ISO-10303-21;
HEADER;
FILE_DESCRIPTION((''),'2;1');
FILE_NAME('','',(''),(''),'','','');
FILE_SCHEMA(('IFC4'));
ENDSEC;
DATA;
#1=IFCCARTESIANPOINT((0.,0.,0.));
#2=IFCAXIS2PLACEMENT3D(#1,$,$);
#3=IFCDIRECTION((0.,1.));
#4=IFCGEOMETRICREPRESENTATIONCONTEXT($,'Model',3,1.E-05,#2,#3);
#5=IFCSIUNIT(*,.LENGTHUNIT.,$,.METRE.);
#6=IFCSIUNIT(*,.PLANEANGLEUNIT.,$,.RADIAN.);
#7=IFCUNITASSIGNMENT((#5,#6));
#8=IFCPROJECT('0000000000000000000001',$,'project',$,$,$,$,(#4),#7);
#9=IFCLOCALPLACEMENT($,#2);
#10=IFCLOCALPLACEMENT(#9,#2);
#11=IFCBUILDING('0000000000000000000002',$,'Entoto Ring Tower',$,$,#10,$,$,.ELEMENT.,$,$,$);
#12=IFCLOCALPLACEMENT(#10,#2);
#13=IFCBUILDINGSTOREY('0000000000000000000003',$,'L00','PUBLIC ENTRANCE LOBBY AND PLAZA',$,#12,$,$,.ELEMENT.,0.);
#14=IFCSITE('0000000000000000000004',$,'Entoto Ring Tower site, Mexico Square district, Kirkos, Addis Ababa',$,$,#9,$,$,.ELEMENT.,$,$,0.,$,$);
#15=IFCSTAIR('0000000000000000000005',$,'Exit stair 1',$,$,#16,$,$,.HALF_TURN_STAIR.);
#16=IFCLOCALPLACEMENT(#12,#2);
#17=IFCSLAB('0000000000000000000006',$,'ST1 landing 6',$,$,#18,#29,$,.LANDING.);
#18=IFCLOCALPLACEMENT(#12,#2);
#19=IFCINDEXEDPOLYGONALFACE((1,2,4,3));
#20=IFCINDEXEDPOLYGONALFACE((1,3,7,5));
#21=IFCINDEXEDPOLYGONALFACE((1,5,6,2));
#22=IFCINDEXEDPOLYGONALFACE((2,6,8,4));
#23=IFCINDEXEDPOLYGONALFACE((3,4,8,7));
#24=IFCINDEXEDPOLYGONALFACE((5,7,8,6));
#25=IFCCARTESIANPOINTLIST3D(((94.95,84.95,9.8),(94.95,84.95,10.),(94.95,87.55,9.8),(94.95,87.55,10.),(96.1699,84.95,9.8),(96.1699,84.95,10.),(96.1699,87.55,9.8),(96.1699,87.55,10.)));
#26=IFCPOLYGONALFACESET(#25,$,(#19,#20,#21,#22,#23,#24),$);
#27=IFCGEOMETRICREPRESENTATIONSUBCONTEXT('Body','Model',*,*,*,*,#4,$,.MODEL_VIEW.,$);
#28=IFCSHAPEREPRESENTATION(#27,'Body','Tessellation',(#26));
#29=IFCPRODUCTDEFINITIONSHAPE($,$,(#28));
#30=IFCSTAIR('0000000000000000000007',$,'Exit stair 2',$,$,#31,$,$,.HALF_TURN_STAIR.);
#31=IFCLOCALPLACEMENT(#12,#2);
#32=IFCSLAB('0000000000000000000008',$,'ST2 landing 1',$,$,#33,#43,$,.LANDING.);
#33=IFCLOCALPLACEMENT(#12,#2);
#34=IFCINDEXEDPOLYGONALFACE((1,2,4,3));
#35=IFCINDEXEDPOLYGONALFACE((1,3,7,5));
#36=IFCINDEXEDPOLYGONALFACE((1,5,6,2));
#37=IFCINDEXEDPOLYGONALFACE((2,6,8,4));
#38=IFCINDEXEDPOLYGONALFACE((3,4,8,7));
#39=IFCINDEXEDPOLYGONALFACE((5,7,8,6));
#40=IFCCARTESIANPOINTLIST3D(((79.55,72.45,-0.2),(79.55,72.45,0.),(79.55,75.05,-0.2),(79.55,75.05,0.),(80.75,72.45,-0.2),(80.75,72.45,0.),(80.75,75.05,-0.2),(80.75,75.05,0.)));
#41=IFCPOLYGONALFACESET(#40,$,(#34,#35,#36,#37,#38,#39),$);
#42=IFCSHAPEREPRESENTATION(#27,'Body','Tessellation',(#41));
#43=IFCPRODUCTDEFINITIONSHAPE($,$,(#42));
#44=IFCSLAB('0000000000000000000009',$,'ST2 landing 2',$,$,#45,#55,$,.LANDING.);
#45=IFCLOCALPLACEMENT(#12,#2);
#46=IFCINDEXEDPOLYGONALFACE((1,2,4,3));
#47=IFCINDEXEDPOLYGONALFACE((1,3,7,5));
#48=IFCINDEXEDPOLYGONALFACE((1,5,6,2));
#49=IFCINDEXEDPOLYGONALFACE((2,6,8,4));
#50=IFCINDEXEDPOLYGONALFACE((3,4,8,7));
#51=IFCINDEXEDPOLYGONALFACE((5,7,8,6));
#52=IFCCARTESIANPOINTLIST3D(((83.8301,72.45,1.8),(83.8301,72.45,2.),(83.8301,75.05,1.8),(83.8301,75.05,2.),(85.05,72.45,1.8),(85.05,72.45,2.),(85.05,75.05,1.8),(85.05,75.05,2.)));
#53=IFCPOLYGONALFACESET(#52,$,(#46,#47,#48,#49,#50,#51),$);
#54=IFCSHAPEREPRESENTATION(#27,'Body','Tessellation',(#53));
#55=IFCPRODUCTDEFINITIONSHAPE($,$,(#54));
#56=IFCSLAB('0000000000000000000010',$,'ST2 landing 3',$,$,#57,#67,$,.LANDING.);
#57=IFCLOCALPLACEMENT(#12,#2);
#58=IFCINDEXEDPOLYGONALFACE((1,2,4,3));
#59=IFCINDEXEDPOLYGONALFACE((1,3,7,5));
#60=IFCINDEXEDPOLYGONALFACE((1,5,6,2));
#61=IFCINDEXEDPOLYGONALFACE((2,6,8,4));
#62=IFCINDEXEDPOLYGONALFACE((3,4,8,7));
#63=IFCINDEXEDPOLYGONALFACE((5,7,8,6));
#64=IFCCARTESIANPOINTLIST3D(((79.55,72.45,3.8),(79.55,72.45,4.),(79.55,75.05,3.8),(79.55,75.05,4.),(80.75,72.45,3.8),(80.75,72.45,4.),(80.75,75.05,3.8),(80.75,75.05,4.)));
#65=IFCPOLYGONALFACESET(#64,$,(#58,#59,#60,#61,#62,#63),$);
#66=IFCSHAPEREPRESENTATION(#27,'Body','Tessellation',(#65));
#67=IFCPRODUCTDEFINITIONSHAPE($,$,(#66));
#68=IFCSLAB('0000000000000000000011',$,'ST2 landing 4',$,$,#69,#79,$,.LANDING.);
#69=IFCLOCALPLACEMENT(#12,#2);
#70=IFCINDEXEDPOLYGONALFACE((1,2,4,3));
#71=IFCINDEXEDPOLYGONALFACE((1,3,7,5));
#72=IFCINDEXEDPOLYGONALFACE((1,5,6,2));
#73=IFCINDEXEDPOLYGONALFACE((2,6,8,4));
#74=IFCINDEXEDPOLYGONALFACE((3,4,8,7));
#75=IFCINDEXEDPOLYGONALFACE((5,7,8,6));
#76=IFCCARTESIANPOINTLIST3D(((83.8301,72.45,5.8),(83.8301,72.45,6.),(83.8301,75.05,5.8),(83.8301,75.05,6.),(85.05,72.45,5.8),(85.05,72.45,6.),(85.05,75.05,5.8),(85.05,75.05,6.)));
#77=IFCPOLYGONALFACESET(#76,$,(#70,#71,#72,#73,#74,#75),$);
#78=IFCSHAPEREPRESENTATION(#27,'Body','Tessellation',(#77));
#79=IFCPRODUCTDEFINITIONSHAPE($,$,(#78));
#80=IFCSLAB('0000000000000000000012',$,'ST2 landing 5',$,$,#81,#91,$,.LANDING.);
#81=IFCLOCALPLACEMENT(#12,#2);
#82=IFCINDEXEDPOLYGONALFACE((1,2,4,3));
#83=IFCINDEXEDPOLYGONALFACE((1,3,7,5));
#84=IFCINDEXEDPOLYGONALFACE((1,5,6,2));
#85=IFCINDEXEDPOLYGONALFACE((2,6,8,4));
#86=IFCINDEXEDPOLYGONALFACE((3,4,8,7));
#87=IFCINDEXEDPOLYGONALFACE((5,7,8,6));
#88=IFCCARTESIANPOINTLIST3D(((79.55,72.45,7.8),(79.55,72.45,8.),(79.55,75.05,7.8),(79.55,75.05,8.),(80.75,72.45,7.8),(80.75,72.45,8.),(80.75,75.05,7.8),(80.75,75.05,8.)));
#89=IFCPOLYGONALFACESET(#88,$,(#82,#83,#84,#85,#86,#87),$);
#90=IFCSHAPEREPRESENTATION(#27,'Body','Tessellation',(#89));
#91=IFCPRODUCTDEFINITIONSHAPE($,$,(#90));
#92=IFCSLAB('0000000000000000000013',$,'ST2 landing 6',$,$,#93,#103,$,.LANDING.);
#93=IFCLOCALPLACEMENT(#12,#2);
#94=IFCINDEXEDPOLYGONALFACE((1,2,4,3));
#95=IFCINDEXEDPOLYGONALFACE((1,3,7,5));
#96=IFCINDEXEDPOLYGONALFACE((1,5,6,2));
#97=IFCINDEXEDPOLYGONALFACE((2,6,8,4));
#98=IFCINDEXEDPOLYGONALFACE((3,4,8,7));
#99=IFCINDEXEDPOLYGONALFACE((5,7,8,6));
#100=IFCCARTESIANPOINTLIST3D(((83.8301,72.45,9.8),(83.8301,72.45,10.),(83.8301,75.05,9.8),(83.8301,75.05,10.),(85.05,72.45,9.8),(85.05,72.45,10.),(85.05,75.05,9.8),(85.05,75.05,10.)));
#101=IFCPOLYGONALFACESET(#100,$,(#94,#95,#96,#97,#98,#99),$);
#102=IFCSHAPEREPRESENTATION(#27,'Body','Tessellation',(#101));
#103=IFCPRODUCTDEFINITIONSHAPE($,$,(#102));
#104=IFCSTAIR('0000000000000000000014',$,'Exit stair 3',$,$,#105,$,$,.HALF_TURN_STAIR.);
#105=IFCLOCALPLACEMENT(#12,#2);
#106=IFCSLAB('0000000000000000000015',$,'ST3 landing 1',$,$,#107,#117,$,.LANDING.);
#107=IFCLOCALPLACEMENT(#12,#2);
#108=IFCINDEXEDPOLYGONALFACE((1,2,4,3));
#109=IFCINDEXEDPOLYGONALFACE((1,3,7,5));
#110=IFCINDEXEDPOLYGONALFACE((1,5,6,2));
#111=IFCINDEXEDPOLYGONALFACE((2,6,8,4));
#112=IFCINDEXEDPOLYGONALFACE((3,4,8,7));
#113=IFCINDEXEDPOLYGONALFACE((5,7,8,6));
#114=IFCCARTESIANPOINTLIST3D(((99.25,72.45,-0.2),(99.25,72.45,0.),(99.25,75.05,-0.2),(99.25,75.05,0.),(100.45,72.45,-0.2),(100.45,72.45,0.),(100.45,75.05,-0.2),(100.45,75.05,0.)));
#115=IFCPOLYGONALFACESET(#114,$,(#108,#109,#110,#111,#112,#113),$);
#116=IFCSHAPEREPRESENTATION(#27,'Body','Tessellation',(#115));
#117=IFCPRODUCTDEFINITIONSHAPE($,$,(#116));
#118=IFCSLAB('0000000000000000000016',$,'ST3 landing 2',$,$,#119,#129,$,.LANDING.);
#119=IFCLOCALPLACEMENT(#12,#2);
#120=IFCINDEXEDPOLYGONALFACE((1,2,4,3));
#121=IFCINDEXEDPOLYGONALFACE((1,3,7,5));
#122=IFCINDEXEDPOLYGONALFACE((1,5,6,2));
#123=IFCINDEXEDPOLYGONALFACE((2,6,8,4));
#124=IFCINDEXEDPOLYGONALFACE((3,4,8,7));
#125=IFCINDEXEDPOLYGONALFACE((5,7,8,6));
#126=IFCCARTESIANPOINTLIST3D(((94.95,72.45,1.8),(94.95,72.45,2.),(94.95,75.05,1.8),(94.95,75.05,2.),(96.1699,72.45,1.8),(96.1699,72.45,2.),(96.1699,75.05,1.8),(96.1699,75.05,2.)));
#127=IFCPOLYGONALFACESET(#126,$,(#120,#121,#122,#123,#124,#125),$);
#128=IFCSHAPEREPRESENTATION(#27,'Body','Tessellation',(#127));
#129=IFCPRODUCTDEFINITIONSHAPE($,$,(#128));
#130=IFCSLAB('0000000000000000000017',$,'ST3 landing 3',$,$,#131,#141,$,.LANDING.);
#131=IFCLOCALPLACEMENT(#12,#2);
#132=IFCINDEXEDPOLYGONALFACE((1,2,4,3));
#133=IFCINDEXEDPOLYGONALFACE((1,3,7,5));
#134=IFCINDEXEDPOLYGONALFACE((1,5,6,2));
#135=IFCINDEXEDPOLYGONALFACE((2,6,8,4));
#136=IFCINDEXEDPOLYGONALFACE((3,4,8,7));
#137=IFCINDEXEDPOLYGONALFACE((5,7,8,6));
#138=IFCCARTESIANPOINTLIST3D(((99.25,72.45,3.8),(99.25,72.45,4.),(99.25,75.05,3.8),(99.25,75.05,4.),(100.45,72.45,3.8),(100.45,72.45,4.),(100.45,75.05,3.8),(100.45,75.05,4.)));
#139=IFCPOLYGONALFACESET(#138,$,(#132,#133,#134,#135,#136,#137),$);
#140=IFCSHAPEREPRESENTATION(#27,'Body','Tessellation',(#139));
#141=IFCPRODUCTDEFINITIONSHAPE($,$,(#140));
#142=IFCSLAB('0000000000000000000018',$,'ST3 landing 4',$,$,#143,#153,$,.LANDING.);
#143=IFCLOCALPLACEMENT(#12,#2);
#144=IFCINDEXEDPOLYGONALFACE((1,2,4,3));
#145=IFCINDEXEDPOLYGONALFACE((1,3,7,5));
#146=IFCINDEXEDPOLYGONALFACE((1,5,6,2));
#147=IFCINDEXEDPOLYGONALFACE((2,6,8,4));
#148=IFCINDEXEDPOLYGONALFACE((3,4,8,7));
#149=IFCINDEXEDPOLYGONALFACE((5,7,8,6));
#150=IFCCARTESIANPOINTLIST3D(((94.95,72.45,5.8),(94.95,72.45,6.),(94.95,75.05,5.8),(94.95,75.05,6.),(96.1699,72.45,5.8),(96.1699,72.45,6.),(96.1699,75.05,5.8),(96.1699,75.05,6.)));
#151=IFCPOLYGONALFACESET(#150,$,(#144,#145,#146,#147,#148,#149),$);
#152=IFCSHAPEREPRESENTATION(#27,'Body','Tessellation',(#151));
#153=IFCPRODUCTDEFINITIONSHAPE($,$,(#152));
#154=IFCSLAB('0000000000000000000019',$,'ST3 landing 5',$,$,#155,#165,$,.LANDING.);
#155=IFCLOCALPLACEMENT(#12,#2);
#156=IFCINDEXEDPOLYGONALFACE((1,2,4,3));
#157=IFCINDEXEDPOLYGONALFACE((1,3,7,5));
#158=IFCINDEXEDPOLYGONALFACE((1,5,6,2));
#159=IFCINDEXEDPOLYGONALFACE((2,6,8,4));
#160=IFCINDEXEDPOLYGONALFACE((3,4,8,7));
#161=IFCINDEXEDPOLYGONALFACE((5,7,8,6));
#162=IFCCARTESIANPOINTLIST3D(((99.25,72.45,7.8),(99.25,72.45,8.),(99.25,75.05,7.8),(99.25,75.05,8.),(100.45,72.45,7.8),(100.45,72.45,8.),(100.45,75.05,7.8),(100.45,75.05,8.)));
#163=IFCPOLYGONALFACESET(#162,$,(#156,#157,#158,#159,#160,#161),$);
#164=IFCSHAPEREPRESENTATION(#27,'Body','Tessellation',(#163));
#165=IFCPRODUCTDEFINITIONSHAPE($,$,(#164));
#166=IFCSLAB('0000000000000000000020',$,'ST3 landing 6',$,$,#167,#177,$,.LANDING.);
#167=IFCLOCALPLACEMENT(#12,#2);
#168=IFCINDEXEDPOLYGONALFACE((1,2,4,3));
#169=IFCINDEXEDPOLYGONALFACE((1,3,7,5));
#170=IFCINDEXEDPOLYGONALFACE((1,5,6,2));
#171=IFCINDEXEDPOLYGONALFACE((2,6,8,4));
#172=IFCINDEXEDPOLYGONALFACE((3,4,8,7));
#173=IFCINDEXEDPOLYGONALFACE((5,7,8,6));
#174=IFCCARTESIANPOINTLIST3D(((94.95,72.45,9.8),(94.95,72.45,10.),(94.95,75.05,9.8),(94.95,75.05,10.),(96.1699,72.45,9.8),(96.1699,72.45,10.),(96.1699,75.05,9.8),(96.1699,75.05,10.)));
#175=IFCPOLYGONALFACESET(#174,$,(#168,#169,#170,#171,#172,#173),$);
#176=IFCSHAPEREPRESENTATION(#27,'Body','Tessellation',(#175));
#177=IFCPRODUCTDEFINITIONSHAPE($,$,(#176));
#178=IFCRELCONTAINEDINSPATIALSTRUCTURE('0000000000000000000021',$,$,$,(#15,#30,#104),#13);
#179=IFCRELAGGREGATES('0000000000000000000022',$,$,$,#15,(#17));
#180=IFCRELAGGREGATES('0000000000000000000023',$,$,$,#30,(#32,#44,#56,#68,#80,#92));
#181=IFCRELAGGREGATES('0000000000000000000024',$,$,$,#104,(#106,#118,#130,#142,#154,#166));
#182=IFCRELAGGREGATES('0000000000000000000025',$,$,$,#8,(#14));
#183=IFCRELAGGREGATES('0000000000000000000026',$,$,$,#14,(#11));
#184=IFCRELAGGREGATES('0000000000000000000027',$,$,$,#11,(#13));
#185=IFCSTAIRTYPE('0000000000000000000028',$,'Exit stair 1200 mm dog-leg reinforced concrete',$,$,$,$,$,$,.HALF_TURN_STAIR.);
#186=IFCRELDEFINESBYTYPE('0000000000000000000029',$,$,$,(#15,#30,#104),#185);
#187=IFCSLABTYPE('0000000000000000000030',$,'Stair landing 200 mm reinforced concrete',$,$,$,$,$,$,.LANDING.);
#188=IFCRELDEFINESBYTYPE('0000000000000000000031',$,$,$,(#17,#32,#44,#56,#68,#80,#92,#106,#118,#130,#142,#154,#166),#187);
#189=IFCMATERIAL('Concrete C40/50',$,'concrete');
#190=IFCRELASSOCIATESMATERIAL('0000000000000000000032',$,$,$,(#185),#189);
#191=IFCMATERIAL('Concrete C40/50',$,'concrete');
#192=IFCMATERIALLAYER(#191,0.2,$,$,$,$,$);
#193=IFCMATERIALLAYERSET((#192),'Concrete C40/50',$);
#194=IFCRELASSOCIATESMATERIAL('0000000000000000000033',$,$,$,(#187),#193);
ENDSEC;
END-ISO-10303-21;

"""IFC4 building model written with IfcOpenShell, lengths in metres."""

from ifc_helpers import new_model, si_unit, direction, frame, origin, place, context, subcontext, project, spatial, polyline, outline, extrude, material, layer, layer_set, type_object, element, aggregate, save


model = new_model("IFC4")

# Units and contexts
model_context = context("Model", 3, precision=1e-05, world=origin(), true_north=direction((0.0, 1.0)))
body_context = subcontext(model_context, "Body", "Model", "MODEL_VIEW")
ifc_project = project(units=[si_unit("LENGTHUNIT", "METRE"), si_unit("PLANEANGLEUNIT", "RADIAN")], contexts=[model_context])

# Site, building, storey
site_placement = place(None, origin())
site = spatial("IfcSite", under=ifc_project, at=site_placement, Name="Entoto Ring Tower site, Mexico Square district, Kirkos, Addis Ababa", CompositionType="ELEMENT", RefElevation=0.0)
building_placement = place(site_placement, origin())
building = spatial("IfcBuilding", under=site, at=building_placement, Name="Entoto Ring Tower", CompositionType="ELEMENT")
storey_placement = place(building_placement, origin())
storey = spatial("IfcBuildingStorey", under=building, at=storey_placement, Name="L00", Description="PUBLIC ENTRANCE LOBBY AND PLAZA", CompositionType="ELEMENT", Elevation=0.0)

# Stair, slab
ifc_material_1 = material(Name="Concrete C40/50", Category="concrete")
stair_type = type_object("IfcStairType", Name="Exit stair 1200 mm dog-leg reinforced concrete", PredefinedType="HALF_TURN_STAIR", material=ifc_material_1)
stair_1_placement = place(storey_placement, origin())
stair_1 = element("IfcStair", 1, at=stair_1_placement, inside=storey, type_object=stair_type, Name="Exit stair 1", PredefinedType="HALF_TURN_STAIR")
ifc_material_2 = material(Name="Concrete C40/50", Category="concrete")
ifc_layer_1 = layer(ifc_material_2, 0.2)
ifc_layer_set_1 = layer_set([ifc_layer_1], Name="Concrete C40/50")
slab_type_1 = type_object("IfcSlabType", Name="Stair landing 200 mm reinforced concrete", PredefinedType="LANDING", material=ifc_layer_set_1)
slab_1_placement = place(storey_placement, frame((0.0, 0.0, 9.8)))
slab_1 = element("IfcSlab", 2, at=slab_1_placement, type_object=slab_type_1, Name="ST1 landing 6", PredefinedType="LANDING", context=body_context, shape_type="SweptSolid", body=[
    extrude(outline(polyline([(94.95, 84.95), (96.1699, 84.95), (96.1699, 87.55), (94.95, 87.55), (94.95, 84.95)])), origin(), (0.0, 0.0, 1.0), 0.2),
])
aggregate(stair_1, [slab_1])

# Stairs, slabs
stair_2_placement = place(storey_placement, origin())
stair_2 = element("IfcStair", 3, at=stair_2_placement, inside=storey, type_object=stair_type, Name="Exit stair 2", PredefinedType="HALF_TURN_STAIR")
slab_2_placement = place(storey_placement, frame((0.0, 0.0, -0.2)))
slab_2 = element("IfcSlab", 4, at=slab_2_placement, type_object=slab_type_1, Name="ST2 landing 1", PredefinedType="LANDING", context=body_context, shape_type="SweptSolid", body=[
    extrude(outline(polyline([(80.75, 72.45), (80.75, 75.05), (79.55, 75.05), (79.55, 72.45), (80.75, 72.45)])), origin(), (0.0, 0.0, 1.0), 0.2),
])
slab_3_placement = place(storey_placement, frame((0.0, 0.0, 1.8)))
slab_3 = element("IfcSlab", 5, at=slab_3_placement, type_object=slab_type_1, Name="ST2 landing 2", PredefinedType="LANDING", context=body_context, shape_type="SweptSolid", body=[
    extrude(outline(polyline([(83.8301, 72.45), (85.05, 72.45), (85.05, 75.05), (83.8301, 75.05), (83.8301, 72.45)])), origin(), (0.0, 0.0, 1.0), 0.2),
])
slab_4_placement = place(storey_placement, frame((0.0, 0.0, 3.8)))
slab_4 = element("IfcSlab", 6, at=slab_4_placement, type_object=slab_type_1, Name="ST2 landing 3", PredefinedType="LANDING", context=body_context, shape_type="SweptSolid", body=[
    extrude(outline(polyline([(79.55, 72.45), (80.75, 72.45), (80.75, 75.05), (79.55, 75.05), (79.55, 72.45)])), origin(), (0.0, 0.0, 1.0), 0.2),
])
slab_5_placement = place(storey_placement, frame((0.0, 0.0, 5.8)))
slab_5 = element("IfcSlab", 7, at=slab_5_placement, type_object=slab_type_1, Name="ST2 landing 4", PredefinedType="LANDING", context=body_context, shape_type="SweptSolid", body=[
    extrude(outline(polyline([(83.8301, 72.45), (85.05, 72.45), (85.05, 75.05), (83.8301, 75.05), (83.8301, 72.45)])), origin(), (0.0, 0.0, 1.0), 0.2),
])
slab_6_placement = place(storey_placement, frame((0.0, 0.0, 7.8)))
slab_6 = element("IfcSlab", 8, at=slab_6_placement, type_object=slab_type_1, Name="ST2 landing 5", PredefinedType="LANDING", context=body_context, shape_type="SweptSolid", body=[
    extrude(outline(polyline([(79.55, 72.45), (80.75, 72.45), (80.75, 75.05), (79.55, 75.05), (79.55, 72.45)])), origin(), (0.0, 0.0, 1.0), 0.2),
])
slab_7_placement = place(storey_placement, frame((0.0, 0.0, 9.8)))
slab_7 = element("IfcSlab", 9, at=slab_7_placement, type_object=slab_type_1, Name="ST2 landing 6", PredefinedType="LANDING", context=body_context, shape_type="SweptSolid", body=[
    extrude(outline(polyline([(83.8301, 72.45), (85.05, 72.45), (85.05, 75.05), (83.8301, 75.05), (83.8301, 72.45)])), origin(), (0.0, 0.0, 1.0), 0.2),
])
aggregate(stair_2, [slab_2, slab_3, slab_4, slab_5, slab_6, slab_7])
stair_3_placement = place(storey_placement, origin())
stair_3 = element("IfcStair", 10, at=stair_3_placement, inside=storey, type_object=stair_type, Name="Exit stair 3", PredefinedType="HALF_TURN_STAIR")
slab_8_placement = place(storey_placement, frame((0.0, 0.0, -0.2)))
slab_8 = element("IfcSlab", 11, at=slab_8_placement, type_object=slab_type_1, Name="ST3 landing 1", PredefinedType="LANDING", context=body_context, shape_type="SweptSolid", body=[
    extrude(outline(polyline([(100.45, 72.45), (100.45, 75.05), (99.25, 75.05), (99.25, 72.45), (100.45, 72.45)])), origin(), (0.0, 0.0, 1.0), 0.2),
])
slab_9_placement = place(storey_placement, frame((0.0, 0.0, 1.8)))
slab_9 = element("IfcSlab", 12, at=slab_9_placement, type_object=slab_type_1, Name="ST3 landing 2", PredefinedType="LANDING", context=body_context, shape_type="SweptSolid", body=[
    extrude(outline(polyline([(94.95, 72.45), (96.1699, 72.45), (96.1699, 75.05), (94.95, 75.05), (94.95, 72.45)])), origin(), (0.0, 0.0, 1.0), 0.2),
])
slab_10_placement = place(storey_placement, frame((0.0, 0.0, 3.8)))
slab_10 = element("IfcSlab", 13, at=slab_10_placement, type_object=slab_type_1, Name="ST3 landing 3", PredefinedType="LANDING", context=body_context, shape_type="SweptSolid", body=[
    extrude(outline(polyline([(99.25, 72.45), (100.45, 72.45), (100.45, 75.05), (99.25, 75.05), (99.25, 72.45)])), origin(), (0.0, 0.0, 1.0), 0.2),
])
slab_11_placement = place(storey_placement, frame((0.0, 0.0, 5.8)))
slab_11 = element("IfcSlab", 14, at=slab_11_placement, type_object=slab_type_1, Name="ST3 landing 4", PredefinedType="LANDING", context=body_context, shape_type="SweptSolid", body=[
    extrude(outline(polyline([(94.95, 72.45), (96.1699, 72.45), (96.1699, 75.05), (94.95, 75.05), (94.95, 72.45)])), origin(), (0.0, 0.0, 1.0), 0.2),
])
slab_12_placement = place(storey_placement, frame((0.0, 0.0, 7.8)))
slab_12 = element("IfcSlab", 15, at=slab_12_placement, type_object=slab_type_1, Name="ST3 landing 5", PredefinedType="LANDING", context=body_context, shape_type="SweptSolid", body=[
    extrude(outline(polyline([(99.25, 72.45), (100.45, 72.45), (100.45, 75.05), (99.25, 75.05), (99.25, 72.45)])), origin(), (0.0, 0.0, 1.0), 0.2),
])
slab_13_placement = place(storey_placement, frame((0.0, 0.0, 9.8)))
slab_13 = element("IfcSlab", 16, at=slab_13_placement, type_object=slab_type_1, Name="ST3 landing 6", PredefinedType="LANDING", context=body_context, shape_type="SweptSolid", body=[
    extrude(outline(polyline([(94.95, 72.45), (96.1699, 72.45), (96.1699, 75.05), (94.95, 75.05), (94.95, 72.45)])), origin(), (0.0, 0.0, 1.0), 0.2),
])
aggregate(stair_3, [slab_8, slab_9, slab_10, slab_11, slab_12, slab_13])

save(model, "model.ifc")
